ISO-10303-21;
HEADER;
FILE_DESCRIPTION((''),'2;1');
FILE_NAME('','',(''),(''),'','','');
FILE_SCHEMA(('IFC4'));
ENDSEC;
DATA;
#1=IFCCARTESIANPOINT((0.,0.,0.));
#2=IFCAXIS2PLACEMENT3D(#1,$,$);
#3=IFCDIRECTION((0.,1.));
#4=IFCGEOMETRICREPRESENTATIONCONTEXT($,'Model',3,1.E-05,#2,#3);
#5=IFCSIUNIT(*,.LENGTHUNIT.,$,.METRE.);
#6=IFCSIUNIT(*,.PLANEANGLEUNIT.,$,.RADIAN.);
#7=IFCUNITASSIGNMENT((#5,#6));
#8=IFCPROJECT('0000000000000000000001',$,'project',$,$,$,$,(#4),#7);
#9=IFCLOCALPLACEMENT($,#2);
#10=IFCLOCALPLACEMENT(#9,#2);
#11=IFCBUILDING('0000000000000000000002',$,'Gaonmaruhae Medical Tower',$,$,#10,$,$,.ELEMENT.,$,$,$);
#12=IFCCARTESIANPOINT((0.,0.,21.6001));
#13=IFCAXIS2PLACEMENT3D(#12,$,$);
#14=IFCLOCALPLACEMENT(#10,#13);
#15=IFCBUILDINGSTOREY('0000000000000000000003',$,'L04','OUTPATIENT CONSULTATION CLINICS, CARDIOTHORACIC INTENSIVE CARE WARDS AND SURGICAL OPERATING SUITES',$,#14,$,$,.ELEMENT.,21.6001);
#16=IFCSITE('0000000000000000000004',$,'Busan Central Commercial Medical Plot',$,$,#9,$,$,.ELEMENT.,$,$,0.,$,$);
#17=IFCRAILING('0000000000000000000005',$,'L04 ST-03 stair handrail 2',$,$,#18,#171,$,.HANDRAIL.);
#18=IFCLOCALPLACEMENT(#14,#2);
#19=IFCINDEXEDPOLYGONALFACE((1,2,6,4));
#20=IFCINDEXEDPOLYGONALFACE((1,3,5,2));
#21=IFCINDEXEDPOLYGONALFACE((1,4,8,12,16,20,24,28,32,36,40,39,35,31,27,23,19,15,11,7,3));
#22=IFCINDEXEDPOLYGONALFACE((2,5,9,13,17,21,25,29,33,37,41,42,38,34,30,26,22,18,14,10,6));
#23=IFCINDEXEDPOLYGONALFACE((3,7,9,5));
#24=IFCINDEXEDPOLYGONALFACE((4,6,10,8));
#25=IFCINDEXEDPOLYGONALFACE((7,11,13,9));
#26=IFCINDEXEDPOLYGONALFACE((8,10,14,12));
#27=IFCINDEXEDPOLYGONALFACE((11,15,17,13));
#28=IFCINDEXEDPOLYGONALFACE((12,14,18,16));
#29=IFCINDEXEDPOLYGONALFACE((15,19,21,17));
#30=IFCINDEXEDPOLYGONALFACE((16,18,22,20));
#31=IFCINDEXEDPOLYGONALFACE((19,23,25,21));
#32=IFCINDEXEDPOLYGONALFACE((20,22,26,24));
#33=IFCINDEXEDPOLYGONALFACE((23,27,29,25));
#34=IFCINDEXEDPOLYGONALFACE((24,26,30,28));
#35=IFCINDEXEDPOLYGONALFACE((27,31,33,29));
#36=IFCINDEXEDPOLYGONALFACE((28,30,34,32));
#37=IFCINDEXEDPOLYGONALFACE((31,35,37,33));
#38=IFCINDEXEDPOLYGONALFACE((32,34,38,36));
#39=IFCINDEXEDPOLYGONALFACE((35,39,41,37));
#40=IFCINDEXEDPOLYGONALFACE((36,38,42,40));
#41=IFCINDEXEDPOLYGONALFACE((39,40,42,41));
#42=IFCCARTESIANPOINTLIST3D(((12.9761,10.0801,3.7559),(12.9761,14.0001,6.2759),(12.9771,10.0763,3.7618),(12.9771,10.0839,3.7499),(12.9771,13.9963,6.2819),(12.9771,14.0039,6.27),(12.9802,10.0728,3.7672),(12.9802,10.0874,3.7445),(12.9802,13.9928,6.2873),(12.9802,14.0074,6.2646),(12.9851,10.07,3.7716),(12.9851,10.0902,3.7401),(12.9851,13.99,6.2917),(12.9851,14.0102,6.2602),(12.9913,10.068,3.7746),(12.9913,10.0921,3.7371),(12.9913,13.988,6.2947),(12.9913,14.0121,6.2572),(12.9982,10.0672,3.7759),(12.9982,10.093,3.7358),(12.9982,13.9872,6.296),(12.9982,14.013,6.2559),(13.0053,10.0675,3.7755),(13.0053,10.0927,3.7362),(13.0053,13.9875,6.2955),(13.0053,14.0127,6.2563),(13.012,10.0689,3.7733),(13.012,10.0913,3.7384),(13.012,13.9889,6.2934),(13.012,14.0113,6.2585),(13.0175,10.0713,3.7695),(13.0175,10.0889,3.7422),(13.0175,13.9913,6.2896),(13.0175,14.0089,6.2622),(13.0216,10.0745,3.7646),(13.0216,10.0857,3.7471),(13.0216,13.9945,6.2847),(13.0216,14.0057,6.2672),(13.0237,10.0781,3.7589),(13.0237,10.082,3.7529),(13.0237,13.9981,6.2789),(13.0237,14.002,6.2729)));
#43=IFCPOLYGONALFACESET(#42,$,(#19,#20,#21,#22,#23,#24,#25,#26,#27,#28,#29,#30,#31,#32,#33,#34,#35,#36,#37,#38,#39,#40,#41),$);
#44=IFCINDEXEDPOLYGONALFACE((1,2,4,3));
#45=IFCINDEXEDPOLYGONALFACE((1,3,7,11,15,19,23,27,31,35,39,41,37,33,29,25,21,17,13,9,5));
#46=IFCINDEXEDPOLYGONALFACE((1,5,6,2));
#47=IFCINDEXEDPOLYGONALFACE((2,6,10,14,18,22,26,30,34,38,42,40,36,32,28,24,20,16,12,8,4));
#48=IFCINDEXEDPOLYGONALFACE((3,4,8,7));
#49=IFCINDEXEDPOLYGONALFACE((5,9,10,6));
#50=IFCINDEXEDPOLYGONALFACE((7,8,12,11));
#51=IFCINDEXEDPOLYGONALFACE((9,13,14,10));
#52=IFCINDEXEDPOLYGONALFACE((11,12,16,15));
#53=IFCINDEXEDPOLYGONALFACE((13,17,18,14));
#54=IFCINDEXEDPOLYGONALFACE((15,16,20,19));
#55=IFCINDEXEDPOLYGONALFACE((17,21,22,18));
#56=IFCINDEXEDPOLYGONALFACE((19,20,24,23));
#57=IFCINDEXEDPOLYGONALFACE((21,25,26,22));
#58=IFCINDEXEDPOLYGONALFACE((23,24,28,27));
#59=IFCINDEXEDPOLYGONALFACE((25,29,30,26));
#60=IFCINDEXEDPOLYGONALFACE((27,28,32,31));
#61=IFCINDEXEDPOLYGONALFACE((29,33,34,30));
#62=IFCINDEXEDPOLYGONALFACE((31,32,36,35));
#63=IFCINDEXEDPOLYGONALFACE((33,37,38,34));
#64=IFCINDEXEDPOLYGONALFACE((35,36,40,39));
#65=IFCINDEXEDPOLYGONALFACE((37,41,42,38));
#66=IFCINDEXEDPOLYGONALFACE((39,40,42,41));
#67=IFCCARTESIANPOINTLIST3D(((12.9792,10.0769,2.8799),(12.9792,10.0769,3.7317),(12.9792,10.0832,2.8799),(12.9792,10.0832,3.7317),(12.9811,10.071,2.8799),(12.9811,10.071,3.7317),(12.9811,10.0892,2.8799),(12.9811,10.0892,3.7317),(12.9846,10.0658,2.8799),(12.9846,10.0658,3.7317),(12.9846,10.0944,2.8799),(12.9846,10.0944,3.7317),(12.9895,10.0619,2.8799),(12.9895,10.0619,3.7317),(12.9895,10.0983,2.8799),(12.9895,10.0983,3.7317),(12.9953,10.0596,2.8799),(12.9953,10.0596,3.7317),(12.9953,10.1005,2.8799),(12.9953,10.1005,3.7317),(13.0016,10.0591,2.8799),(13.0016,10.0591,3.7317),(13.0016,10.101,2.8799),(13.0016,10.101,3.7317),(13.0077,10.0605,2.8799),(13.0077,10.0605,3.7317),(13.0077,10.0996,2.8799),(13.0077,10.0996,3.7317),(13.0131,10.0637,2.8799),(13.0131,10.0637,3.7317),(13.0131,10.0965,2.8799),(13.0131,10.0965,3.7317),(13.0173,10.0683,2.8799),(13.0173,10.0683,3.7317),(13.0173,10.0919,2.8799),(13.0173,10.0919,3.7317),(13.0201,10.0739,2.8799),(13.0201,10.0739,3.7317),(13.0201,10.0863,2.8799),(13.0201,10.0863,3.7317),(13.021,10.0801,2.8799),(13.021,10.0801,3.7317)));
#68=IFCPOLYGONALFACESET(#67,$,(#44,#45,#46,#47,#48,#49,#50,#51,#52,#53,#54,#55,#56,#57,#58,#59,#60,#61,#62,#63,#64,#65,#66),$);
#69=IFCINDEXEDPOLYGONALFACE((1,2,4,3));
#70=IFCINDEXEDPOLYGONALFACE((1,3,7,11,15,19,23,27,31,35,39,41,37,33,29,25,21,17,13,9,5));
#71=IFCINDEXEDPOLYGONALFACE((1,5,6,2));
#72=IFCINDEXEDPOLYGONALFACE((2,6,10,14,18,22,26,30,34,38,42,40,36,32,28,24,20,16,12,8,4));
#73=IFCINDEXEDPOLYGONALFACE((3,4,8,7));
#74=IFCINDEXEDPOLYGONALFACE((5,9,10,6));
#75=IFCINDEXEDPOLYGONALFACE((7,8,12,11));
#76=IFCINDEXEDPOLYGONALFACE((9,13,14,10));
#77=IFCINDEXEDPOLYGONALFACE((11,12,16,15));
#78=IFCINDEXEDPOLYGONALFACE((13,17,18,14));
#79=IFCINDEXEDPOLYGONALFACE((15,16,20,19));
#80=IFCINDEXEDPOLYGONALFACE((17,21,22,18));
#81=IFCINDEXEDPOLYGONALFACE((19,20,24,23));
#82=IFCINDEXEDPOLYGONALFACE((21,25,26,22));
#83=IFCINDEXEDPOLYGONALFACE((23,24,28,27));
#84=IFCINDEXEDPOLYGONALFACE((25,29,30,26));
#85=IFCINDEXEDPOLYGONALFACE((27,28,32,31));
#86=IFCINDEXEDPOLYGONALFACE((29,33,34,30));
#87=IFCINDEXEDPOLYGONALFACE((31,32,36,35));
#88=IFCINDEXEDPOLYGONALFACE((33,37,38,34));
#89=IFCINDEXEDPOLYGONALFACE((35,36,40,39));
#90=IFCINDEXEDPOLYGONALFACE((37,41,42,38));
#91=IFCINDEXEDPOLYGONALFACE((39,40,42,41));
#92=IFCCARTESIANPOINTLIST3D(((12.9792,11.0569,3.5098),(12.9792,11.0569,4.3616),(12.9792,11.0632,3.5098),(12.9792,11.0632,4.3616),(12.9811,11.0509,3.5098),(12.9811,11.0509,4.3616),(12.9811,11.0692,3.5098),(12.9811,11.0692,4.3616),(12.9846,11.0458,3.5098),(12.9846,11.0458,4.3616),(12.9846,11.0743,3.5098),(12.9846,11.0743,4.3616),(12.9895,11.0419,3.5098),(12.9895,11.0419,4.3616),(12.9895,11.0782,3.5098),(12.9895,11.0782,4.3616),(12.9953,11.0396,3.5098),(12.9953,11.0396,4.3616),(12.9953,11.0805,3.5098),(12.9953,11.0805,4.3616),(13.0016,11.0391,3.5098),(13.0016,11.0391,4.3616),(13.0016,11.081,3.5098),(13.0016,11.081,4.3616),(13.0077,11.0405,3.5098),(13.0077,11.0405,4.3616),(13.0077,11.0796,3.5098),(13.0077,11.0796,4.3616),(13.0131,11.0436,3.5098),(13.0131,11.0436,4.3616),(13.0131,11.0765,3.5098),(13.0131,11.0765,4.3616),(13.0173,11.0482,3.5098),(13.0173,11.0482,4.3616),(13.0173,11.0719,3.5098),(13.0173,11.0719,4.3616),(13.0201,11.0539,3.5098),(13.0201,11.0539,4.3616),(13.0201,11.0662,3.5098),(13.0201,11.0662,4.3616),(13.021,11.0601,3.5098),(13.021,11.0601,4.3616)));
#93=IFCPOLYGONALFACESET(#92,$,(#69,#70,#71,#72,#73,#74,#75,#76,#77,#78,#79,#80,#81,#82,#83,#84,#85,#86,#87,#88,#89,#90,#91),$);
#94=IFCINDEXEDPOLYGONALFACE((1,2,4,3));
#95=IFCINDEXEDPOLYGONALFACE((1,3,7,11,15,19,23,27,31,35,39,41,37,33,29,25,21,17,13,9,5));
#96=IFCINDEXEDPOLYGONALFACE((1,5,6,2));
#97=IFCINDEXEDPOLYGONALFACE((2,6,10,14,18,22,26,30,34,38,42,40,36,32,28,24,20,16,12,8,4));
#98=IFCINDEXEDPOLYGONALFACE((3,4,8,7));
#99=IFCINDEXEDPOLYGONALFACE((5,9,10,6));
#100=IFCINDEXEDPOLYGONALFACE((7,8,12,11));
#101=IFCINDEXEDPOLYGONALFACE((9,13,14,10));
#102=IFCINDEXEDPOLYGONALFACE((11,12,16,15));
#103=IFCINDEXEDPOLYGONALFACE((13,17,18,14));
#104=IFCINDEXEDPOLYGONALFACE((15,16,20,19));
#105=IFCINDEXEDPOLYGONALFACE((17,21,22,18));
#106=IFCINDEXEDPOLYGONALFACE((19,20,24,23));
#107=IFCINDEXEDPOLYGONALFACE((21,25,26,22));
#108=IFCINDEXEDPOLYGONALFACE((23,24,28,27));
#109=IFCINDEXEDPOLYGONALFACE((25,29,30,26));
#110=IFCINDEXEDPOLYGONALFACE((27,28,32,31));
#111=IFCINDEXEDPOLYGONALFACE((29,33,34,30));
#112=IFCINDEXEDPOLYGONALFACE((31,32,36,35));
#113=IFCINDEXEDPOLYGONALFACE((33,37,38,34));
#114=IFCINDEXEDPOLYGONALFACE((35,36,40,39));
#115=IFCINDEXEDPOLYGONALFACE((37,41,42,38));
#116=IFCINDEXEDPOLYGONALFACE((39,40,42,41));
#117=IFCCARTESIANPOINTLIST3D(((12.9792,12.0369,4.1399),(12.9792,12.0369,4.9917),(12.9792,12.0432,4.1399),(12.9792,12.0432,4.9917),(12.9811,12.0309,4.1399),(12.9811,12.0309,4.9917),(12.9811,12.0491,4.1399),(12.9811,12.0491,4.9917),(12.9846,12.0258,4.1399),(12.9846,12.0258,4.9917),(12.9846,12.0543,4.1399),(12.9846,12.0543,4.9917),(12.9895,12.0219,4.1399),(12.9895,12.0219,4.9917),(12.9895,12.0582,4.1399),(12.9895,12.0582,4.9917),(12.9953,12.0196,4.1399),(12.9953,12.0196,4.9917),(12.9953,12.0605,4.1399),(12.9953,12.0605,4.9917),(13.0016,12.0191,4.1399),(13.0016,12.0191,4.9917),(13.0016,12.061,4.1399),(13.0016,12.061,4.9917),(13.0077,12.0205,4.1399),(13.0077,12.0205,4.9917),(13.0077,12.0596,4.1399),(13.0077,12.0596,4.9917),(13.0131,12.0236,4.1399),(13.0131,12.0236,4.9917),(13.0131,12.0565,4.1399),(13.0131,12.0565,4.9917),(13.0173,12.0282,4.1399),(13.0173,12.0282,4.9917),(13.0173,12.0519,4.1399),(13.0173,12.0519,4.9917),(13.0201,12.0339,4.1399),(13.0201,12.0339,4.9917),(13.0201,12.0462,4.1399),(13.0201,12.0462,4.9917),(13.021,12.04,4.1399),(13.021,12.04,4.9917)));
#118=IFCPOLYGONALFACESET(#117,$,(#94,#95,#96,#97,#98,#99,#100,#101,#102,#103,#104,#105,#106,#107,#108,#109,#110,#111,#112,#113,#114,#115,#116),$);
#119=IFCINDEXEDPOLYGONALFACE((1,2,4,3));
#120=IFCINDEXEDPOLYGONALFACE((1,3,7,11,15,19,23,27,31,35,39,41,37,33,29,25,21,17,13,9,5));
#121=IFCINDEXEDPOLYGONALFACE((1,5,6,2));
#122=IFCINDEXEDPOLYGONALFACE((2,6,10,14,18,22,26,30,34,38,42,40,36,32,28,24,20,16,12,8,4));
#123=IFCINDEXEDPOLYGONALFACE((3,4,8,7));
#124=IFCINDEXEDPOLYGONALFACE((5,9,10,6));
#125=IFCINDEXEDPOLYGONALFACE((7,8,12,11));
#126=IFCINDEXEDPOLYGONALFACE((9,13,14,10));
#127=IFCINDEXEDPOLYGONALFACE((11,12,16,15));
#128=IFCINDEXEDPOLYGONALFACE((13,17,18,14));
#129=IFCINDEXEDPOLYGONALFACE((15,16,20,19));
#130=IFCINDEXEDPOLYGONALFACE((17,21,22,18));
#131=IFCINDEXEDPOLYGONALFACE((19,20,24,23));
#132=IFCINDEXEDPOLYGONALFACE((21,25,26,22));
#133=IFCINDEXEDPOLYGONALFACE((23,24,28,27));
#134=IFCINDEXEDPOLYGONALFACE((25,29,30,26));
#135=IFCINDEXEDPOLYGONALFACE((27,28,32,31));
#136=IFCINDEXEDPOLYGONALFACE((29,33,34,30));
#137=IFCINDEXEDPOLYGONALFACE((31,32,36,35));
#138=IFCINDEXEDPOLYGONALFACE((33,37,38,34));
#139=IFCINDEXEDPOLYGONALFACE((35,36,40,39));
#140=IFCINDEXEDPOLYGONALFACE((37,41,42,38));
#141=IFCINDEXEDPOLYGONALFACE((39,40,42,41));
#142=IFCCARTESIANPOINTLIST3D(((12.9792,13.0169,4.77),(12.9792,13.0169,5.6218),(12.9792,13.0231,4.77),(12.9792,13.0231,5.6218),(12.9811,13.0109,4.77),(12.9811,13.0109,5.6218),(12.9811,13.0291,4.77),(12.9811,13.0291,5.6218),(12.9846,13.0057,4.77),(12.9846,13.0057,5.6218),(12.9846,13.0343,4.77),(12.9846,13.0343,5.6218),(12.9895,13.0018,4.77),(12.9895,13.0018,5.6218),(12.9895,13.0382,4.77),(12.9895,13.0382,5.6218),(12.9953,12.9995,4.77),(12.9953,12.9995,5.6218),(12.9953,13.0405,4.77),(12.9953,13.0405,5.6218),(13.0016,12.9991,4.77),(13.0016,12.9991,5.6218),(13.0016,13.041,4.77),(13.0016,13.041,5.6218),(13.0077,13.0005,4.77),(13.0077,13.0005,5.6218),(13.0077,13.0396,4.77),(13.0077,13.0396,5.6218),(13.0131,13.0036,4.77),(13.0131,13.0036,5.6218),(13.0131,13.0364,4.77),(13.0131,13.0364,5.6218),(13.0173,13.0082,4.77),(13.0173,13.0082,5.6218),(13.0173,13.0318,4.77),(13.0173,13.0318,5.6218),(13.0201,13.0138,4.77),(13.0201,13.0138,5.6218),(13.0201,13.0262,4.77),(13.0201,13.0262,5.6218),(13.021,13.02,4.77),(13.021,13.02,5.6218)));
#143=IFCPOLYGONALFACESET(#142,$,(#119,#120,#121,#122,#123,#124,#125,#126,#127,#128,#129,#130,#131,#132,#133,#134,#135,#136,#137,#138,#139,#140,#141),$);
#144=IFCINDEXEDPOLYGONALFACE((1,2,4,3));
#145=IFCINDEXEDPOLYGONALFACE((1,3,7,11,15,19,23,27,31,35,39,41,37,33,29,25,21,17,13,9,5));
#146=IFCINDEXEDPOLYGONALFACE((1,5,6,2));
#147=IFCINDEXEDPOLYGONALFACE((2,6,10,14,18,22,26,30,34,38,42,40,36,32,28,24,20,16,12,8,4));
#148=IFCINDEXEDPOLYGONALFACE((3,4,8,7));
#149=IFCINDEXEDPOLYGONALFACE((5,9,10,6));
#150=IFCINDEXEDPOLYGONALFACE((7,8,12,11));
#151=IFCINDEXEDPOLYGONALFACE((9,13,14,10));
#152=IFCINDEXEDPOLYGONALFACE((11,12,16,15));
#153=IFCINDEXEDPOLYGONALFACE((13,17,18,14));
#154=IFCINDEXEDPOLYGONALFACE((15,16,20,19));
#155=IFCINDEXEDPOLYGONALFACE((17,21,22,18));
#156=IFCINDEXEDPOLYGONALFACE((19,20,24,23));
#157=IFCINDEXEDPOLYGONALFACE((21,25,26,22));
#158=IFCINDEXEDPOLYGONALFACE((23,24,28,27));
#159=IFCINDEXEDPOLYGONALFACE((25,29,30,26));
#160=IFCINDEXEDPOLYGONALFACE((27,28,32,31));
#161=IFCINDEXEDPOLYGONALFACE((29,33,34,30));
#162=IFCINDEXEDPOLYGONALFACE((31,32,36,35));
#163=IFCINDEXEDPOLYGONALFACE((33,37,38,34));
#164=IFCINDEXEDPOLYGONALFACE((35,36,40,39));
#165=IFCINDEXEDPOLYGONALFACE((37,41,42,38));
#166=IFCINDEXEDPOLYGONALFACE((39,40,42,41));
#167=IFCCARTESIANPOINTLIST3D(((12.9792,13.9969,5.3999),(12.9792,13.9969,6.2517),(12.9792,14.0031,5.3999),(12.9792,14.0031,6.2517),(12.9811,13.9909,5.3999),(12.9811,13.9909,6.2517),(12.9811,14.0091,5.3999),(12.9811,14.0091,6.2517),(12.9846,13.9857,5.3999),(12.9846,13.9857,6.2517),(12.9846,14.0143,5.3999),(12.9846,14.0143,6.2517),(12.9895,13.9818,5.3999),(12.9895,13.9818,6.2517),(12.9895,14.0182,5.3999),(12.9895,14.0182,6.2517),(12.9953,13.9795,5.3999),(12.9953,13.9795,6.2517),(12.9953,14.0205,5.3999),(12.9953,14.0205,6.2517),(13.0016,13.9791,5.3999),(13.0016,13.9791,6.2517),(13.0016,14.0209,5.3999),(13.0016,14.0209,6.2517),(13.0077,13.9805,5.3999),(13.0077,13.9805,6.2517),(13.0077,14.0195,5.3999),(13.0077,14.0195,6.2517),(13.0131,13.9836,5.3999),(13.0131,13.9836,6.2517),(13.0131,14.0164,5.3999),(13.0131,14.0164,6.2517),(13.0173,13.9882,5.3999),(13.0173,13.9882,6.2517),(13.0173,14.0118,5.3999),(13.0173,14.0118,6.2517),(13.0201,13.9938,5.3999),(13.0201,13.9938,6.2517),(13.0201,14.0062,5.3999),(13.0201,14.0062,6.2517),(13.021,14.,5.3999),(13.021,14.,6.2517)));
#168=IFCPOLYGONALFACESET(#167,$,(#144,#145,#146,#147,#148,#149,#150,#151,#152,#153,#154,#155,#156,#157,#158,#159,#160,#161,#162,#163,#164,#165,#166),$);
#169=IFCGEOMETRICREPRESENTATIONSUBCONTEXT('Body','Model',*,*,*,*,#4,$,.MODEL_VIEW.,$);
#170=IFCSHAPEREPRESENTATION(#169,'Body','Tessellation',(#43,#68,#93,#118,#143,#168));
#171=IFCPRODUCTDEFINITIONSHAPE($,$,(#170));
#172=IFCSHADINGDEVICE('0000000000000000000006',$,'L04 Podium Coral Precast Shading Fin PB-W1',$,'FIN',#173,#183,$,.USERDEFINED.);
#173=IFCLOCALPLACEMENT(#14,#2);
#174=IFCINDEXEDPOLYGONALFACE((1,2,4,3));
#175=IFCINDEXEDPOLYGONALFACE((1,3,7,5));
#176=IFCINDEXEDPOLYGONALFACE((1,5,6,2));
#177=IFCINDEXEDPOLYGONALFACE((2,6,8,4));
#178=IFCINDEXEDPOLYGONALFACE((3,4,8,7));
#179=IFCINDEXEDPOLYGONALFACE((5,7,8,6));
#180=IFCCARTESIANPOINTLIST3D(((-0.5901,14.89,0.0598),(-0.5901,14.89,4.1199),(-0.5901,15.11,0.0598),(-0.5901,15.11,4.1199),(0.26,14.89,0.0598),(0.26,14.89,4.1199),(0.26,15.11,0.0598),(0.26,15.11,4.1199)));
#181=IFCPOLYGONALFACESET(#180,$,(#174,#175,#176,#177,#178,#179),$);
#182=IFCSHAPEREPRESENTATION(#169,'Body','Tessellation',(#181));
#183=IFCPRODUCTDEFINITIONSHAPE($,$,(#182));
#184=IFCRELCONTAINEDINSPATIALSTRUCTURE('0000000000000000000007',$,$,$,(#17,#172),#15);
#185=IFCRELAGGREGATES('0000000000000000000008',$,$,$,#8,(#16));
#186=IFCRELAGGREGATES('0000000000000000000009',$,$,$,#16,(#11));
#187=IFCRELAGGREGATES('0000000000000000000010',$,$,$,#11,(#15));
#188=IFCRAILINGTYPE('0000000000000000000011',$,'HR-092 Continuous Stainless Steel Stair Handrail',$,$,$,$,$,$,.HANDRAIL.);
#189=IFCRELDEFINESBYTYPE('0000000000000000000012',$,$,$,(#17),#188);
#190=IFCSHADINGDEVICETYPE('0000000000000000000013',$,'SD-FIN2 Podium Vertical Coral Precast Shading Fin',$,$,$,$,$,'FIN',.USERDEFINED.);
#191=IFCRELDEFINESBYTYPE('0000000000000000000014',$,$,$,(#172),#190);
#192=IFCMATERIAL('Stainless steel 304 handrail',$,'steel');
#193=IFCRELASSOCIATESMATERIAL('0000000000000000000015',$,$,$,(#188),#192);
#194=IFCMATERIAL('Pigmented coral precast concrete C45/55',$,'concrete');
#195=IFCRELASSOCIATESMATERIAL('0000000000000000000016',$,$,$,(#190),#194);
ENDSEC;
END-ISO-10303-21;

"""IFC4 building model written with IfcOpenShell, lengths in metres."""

from ifc_helpers import new_model, si_unit, direction, frame, origin, origin_2d, place, context, subcontext, project, spatial, rectangle, circle, extrude, material, type_object, element, save


model = new_model("IFC4")

# Units and contexts
model_context = context("Model", 3, precision=1e-05, world=origin(), true_north=direction((0.0, 1.0)))
body_context = subcontext(model_context, "Body", "Model", "MODEL_VIEW")
ifc_project = project(units=[si_unit("LENGTHUNIT", "METRE"), si_unit("PLANEANGLEUNIT", "RADIAN")], contexts=[model_context])

# Site, building, storey
site_placement = place(None, origin())
site = spatial("IfcSite", under=ifc_project, at=site_placement, Name="Busan Central Commercial Medical Plot", CompositionType="ELEMENT", RefElevation=0.0)
building_placement = place(site_placement, origin())
building = spatial("IfcBuilding", under=site, at=building_placement, Name="Gaonmaruhae Medical Tower", CompositionType="ELEMENT")
storey_placement = place(building_placement, frame((0.0, 0.0, 21.6001)))
storey = spatial("IfcBuildingStorey", under=building, at=storey_placement, Name="L04", Description="OUTPATIENT CONSULTATION CLINICS, CARDIOTHORACIC INTENSIVE CARE WARDS AND SURGICAL OPERATING SUITES", CompositionType="ELEMENT", Elevation=21.6001)

# Railing
ifc_material_1 = material(Name="Stainless steel 304 handrail", Category="steel")
railing_type_1 = type_object("IfcRailingType", Name="HR-092 Continuous Stainless Steel Stair Handrail", PredefinedType="HANDRAIL", material=ifc_material_1)
railing_1_placement = place(storey_placement, frame((13.0, 10.0801, 2.8799)))
element("IfcRailing", 1, at=railing_1_placement, inside=storey, type_object=railing_type_1, Name="L04 ST-03 stair handrail 2", PredefinedType="HANDRAIL", context=body_context, shape_type="SweptSolid", body=[
    extrude(circle(Radius=0.0239, at=origin_2d()), frame((0.0, 0.0, 0.876), z_axis=(0.0, 0.841172, 0.540768), x_axis=(-1.0, 0.0, 0.0)), (0.0, 0.0, 1.0), 4.6602),
    extrude(circle(Radius=0.021, at=origin_2d()), origin(), (0.0, 0.0, 1.0), 0.8518),
    extrude(circle(Radius=0.021, at=origin_2d()), frame((0.0, 0.98, 0.6299)), (0.0, 0.0, 1.0), 0.8518),
    extrude(circle(Radius=0.021, at=origin_2d()), frame((0.0, 1.96, 1.26)), (0.0, 0.0, 1.0), 0.8518),
    extrude(circle(Radius=0.021, at=origin_2d()), frame((0.0, 2.9399, 1.8901)), (0.0, 0.0, 1.0), 0.8518),
    extrude(circle(Radius=0.021, at=origin_2d()), frame((0.0, 3.9199, 2.52)), (0.0, 0.0, 1.0), 0.8518),
])

# Shading device
ifc_material_2 = material(Name="Pigmented coral precast concrete C45/55", Category="concrete")
shading_device_type = type_object("IfcShadingDeviceType", Name="SD-FIN2 Podium Vertical Coral Precast Shading Fin", ElementType="FIN", PredefinedType="USERDEFINED", material=ifc_material_2)
shading_device_placement = place(storey_placement, frame((-0.165, 15.0, 0.0598), z_axis=(0.0, 0.0, 1.0), x_axis=(0.0, 1.0, 0.0)))
element("IfcShadingDevice", 2, at=shading_device_placement, inside=storey, type_object=shading_device_type, Name="L04 Podium Coral Precast Shading Fin PB-W1", ObjectType="FIN", PredefinedType="USERDEFINED", context=body_context, shape_type="SweptSolid", body=[
    extrude(rectangle(XDim=0.22, YDim=0.8501, at=origin_2d()), origin(), (0.0, 0.0, 1.0), 4.0601),
])

save(model, "model.ifc")
